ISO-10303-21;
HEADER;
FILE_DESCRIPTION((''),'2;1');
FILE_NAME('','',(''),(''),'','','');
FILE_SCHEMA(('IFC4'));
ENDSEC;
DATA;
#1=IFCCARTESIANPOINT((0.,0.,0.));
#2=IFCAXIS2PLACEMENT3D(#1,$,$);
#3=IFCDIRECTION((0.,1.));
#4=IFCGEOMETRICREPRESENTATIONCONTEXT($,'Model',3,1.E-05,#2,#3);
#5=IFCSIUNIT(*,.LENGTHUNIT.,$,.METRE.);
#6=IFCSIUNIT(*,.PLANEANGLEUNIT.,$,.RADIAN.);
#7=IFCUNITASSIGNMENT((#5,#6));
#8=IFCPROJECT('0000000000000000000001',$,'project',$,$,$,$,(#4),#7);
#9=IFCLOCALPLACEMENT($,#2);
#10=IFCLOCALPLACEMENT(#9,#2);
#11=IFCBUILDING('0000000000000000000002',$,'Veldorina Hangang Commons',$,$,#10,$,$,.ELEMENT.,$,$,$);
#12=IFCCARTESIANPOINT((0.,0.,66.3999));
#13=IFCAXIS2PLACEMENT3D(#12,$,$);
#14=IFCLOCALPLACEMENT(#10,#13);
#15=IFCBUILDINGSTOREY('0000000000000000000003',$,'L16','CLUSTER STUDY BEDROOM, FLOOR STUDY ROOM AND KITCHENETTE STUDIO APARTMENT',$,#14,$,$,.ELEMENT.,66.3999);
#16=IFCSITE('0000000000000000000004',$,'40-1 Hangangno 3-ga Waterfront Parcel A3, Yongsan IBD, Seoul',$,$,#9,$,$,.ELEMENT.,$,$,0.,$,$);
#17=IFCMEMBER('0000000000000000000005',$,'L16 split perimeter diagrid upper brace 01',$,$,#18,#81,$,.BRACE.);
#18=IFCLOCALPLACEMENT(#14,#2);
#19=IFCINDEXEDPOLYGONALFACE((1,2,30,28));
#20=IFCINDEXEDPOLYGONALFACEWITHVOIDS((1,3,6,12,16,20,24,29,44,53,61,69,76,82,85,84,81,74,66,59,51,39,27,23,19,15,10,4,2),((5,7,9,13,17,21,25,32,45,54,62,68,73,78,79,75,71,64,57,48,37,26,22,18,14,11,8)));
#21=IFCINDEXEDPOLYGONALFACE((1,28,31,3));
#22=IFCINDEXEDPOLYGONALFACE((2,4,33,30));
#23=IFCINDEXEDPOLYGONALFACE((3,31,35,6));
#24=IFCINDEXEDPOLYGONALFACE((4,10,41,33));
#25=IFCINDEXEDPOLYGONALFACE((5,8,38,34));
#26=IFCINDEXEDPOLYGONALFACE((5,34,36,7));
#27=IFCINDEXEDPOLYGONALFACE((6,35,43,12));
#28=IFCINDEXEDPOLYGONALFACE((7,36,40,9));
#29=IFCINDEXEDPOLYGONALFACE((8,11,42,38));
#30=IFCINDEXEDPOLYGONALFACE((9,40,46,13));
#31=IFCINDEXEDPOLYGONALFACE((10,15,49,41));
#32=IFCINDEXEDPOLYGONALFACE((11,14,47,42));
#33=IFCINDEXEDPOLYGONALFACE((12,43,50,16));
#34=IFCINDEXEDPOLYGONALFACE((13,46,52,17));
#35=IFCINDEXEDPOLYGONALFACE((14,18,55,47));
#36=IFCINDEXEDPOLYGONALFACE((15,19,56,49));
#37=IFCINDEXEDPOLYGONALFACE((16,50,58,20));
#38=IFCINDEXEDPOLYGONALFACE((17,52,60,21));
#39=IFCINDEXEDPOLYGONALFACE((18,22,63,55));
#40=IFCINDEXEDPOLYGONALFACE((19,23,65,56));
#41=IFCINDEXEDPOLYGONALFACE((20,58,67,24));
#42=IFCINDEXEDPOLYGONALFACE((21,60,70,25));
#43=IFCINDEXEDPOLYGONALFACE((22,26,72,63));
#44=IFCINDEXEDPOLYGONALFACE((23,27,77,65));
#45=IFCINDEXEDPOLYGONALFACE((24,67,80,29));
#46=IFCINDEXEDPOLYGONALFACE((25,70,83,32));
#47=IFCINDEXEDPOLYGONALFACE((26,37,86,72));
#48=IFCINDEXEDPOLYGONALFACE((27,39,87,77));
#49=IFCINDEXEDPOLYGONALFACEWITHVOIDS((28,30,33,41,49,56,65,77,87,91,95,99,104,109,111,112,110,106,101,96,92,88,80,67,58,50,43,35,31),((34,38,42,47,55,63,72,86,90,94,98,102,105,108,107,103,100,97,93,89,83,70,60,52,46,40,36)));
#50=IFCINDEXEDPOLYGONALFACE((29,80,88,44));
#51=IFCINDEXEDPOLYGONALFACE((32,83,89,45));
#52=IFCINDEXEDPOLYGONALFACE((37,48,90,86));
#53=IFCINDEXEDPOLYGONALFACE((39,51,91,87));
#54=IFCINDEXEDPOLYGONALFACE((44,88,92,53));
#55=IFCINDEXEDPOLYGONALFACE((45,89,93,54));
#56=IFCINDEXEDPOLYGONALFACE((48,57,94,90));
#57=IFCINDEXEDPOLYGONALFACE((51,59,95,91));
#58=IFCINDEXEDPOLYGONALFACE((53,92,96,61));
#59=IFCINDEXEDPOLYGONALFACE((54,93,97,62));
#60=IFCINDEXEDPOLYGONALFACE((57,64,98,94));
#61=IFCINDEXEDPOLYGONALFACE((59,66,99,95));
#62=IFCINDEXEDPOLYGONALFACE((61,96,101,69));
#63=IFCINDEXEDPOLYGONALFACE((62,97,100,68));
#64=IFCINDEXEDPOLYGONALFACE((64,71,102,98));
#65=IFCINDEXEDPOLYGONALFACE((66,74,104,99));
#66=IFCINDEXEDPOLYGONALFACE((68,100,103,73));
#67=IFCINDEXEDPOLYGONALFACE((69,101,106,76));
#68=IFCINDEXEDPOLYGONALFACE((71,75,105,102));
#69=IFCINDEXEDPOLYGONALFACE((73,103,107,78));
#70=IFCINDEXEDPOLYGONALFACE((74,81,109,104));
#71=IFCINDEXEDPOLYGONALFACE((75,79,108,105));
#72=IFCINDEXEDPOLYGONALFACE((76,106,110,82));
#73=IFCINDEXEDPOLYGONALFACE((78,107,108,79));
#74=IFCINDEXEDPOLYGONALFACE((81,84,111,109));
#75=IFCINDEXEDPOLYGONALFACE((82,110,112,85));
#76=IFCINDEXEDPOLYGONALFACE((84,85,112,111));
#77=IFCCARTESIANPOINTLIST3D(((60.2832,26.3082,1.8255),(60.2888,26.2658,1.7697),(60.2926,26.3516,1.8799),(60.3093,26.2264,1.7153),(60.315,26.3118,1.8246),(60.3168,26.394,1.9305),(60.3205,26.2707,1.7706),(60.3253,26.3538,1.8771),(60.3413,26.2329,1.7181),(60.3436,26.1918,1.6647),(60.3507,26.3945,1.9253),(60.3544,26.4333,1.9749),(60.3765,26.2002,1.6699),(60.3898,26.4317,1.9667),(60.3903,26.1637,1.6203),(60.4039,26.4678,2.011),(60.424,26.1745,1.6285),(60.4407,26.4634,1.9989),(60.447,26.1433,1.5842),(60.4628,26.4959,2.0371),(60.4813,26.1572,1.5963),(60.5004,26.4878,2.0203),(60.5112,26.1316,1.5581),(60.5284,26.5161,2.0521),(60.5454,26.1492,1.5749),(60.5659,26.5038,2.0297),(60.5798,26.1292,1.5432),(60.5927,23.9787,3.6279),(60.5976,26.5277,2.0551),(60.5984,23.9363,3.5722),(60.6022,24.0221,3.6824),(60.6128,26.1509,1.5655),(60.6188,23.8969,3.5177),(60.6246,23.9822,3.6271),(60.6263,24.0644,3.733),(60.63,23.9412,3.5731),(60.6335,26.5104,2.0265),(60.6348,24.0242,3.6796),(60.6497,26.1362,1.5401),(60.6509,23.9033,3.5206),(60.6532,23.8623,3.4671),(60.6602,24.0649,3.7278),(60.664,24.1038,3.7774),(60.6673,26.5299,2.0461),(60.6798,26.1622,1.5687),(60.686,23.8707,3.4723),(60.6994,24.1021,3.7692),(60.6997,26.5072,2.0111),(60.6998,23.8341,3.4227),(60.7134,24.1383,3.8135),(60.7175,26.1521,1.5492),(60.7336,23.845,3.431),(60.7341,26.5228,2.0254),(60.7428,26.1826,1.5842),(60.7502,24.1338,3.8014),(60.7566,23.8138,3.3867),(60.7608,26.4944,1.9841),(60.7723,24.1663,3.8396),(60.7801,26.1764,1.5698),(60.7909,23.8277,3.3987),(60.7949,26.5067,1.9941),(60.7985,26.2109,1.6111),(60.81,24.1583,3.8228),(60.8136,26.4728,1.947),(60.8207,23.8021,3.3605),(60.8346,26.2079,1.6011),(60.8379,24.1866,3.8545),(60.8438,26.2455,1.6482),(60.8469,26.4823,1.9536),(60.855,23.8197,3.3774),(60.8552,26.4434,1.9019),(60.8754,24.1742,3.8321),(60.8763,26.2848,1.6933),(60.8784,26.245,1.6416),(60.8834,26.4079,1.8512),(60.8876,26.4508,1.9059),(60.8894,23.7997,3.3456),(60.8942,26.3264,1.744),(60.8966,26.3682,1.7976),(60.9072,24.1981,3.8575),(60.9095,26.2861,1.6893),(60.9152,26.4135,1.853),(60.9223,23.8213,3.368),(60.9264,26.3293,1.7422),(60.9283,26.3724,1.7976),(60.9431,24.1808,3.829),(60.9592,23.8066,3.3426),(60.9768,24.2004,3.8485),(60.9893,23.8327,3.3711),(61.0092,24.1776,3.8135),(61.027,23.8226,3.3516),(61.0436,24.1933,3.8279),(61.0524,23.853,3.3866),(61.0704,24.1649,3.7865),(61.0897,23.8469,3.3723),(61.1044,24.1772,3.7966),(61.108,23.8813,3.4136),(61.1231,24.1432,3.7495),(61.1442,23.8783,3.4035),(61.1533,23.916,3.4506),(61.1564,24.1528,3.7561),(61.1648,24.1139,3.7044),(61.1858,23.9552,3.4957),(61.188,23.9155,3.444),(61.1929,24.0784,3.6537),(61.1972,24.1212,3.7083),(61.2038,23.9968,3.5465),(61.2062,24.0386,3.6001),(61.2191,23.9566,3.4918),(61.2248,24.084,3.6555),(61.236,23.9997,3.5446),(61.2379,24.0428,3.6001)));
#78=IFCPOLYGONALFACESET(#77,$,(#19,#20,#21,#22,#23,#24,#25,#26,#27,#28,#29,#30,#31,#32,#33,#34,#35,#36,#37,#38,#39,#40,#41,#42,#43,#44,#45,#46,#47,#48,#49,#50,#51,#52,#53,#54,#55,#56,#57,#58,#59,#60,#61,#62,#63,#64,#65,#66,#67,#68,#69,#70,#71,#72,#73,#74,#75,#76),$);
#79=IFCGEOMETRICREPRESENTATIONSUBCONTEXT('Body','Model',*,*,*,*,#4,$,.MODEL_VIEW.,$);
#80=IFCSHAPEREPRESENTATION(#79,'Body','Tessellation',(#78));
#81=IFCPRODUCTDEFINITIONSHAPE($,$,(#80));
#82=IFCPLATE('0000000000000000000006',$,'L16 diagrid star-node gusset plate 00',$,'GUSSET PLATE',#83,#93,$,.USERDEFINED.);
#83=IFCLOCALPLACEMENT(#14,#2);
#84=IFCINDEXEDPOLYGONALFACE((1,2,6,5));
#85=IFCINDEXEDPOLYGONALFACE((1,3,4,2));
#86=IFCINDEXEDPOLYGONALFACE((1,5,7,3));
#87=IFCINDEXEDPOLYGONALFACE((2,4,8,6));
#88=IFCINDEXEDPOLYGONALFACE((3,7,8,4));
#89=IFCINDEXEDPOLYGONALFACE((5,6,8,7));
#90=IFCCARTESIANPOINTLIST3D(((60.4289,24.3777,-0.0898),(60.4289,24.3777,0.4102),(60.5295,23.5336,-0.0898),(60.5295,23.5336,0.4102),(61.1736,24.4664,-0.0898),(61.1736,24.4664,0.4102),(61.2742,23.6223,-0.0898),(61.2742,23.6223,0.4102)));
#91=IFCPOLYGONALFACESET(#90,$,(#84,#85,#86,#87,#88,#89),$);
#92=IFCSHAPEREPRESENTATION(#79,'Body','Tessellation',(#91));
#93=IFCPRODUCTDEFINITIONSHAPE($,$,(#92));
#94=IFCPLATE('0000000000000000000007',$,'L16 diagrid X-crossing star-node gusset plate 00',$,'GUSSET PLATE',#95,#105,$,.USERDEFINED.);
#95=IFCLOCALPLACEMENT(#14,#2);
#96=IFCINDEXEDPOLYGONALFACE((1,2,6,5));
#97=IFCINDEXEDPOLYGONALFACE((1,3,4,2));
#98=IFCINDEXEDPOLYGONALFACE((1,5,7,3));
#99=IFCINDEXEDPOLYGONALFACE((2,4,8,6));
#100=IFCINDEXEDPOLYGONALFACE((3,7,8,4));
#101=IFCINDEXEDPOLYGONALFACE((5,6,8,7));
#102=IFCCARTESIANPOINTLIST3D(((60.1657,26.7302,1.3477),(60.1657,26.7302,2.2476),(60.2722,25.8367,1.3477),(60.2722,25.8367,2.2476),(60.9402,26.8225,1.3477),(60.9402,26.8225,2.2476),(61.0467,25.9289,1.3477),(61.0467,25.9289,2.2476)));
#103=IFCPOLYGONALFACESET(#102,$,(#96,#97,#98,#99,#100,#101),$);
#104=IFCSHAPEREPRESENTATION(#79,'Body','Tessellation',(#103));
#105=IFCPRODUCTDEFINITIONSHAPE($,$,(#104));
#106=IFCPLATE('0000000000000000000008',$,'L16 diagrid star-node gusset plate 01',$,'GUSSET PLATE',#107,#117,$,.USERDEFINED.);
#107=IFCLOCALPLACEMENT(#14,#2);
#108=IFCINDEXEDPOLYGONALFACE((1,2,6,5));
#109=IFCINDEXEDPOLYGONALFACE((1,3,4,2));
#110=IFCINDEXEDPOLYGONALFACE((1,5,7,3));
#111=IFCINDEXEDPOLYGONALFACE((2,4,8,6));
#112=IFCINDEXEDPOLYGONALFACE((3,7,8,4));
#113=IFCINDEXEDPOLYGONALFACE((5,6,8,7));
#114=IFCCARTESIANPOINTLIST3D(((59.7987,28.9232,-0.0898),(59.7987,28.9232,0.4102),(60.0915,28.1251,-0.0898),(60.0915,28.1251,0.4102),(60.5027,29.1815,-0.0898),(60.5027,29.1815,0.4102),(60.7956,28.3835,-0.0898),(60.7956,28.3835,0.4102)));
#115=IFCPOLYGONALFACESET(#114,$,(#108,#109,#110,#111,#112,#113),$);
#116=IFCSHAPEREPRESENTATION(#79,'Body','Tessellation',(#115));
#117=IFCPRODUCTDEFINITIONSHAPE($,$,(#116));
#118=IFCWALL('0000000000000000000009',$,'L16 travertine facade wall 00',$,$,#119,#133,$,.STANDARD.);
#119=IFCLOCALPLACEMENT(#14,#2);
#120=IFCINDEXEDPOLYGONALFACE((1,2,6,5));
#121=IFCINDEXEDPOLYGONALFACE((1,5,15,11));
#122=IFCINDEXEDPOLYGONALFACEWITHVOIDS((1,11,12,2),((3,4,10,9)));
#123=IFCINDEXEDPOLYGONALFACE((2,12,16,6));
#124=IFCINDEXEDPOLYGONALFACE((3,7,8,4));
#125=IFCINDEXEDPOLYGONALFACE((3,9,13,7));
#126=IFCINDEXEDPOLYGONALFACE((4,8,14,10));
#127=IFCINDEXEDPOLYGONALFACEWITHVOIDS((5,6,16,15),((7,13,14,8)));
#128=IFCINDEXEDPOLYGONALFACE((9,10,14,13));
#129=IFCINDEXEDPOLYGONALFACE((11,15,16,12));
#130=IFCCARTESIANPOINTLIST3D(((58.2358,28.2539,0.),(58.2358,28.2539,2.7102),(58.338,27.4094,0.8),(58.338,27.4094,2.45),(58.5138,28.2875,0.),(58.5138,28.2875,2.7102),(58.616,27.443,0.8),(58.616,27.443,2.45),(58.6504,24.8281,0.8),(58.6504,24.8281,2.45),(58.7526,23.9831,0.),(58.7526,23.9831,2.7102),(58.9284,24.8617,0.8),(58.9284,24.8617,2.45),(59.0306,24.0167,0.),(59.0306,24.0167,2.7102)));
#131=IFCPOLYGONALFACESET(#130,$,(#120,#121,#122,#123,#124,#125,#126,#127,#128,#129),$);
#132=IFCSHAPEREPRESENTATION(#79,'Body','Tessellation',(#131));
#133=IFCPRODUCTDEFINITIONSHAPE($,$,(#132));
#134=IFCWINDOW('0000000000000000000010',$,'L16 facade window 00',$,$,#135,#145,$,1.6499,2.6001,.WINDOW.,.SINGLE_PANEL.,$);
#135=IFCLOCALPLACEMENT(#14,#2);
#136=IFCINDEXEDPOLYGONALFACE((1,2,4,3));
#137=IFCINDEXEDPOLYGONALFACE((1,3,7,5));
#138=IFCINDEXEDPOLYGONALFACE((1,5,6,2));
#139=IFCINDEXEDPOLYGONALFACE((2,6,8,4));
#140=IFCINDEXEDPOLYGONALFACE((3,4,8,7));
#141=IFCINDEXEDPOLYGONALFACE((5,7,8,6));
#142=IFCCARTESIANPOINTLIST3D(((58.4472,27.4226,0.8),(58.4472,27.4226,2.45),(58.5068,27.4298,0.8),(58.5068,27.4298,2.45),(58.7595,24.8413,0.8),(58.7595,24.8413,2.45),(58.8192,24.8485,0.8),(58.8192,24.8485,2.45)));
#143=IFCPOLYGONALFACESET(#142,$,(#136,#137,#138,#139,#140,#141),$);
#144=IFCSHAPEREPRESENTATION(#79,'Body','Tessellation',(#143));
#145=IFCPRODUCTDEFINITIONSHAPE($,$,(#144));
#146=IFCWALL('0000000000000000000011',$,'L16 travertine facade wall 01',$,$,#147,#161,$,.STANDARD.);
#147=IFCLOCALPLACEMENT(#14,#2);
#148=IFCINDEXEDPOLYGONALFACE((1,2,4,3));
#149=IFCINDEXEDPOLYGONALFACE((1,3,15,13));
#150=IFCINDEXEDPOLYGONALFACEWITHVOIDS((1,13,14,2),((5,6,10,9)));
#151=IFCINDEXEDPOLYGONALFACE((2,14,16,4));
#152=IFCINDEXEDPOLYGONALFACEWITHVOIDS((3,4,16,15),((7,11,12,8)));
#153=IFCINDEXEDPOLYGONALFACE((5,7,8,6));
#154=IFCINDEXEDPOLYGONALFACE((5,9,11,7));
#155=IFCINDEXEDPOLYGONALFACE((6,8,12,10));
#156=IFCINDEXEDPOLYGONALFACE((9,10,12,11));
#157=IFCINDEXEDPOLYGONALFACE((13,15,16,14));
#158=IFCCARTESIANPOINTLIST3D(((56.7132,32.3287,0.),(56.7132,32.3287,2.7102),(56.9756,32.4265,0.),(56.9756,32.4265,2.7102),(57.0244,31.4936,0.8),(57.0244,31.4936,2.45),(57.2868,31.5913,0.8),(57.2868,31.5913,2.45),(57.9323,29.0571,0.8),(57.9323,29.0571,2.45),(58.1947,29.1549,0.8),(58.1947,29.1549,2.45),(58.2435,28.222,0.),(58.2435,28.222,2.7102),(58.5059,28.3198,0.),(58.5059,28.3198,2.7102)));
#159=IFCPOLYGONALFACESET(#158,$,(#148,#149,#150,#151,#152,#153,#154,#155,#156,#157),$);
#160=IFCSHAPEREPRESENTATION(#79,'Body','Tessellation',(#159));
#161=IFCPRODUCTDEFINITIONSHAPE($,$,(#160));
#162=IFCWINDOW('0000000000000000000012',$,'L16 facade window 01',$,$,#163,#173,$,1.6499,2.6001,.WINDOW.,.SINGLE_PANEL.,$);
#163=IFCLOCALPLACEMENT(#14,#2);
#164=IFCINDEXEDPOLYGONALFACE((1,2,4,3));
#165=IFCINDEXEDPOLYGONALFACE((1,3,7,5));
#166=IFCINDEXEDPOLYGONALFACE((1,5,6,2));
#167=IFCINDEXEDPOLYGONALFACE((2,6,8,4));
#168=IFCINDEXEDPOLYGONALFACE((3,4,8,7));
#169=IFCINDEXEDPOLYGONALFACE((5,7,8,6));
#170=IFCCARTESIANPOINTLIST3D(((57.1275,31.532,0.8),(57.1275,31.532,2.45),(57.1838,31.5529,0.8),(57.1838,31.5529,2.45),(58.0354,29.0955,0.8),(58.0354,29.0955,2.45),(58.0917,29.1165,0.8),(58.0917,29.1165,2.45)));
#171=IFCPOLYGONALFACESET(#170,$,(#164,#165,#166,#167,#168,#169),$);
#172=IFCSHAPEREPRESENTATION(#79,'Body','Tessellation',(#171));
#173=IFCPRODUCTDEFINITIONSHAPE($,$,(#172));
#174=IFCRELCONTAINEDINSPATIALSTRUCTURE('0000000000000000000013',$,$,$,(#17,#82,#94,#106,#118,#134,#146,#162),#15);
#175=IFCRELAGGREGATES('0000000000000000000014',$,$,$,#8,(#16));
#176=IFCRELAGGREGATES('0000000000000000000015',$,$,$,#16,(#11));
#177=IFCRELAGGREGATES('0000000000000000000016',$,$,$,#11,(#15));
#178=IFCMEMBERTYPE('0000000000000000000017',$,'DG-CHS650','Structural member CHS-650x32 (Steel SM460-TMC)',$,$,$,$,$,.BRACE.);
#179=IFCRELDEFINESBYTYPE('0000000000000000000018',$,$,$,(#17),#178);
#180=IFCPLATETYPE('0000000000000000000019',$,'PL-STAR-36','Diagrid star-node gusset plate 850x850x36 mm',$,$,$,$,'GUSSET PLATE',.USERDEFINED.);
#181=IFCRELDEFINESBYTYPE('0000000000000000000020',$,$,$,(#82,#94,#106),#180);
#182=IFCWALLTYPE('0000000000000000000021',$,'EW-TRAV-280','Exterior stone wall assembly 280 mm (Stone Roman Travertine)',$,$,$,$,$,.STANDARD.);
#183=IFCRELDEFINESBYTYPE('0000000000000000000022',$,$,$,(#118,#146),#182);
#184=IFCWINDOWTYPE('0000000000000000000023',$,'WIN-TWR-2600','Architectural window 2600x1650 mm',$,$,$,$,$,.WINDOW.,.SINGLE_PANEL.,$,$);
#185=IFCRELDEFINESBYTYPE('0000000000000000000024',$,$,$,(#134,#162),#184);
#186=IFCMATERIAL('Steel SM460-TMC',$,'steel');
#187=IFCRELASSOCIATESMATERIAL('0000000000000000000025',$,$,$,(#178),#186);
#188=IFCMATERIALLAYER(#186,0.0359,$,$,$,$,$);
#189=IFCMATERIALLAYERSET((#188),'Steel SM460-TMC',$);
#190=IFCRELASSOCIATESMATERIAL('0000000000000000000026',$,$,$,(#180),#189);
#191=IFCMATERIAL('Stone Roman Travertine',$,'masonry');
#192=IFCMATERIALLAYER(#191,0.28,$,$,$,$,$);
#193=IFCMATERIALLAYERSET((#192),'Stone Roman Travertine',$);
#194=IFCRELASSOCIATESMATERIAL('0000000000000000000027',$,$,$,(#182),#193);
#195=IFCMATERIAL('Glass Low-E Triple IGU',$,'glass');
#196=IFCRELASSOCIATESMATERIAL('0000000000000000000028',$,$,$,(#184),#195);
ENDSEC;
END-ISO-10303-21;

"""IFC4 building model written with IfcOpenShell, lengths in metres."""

from ifc_helpers import new_model, si_unit, direction, frame, frame_2d, origin, origin_2d, place, context, subcontext, project, spatial, rectangle, hollow_circle, extrude, material, layer, layer_set, material_profile, profile_set, type_object, element, fill, save


model = new_model("IFC4")

# Units and contexts
model_context = context("Model", 3, precision=1e-05, world=origin(), true_north=direction((0.0, 1.0)))
body_context = subcontext(model_context, "Body", "Model", "MODEL_VIEW")
ifc_project = project(units=[si_unit("LENGTHUNIT", "METRE"), si_unit("PLANEANGLEUNIT", "RADIAN")], contexts=[model_context])

# Site, building, storey
site_placement = place(None, origin())
site = spatial("IfcSite", under=ifc_project, at=site_placement, Name="40-1 Hangangno 3-ga Waterfront Parcel A3, Yongsan IBD, Seoul", CompositionType="ELEMENT", RefElevation=0.0)
building_placement = place(site_placement, origin())
building = spatial("IfcBuilding", under=site, at=building_placement, Name="Veldorina Hangang Commons", CompositionType="ELEMENT")
storey_placement = place(building_placement, frame((0.0, 0.0, 66.3999)))
storey = spatial("IfcBuildingStorey", under=building, at=storey_placement, Name="L16", Description="CLUSTER STUDY BEDROOM, FLOOR STUDY ROOM AND KITCHENETTE STUDIO APARTMENT", CompositionType="ELEMENT", Elevation=66.3999)

# Member
ifc_material_1 = material(Name="Steel SM460-TMC", Category="steel")
ifc_material_profile_1 = material_profile(ifc_material_1, hollow_circle(Radius=0.325, WallThickness=0.032, at=origin_2d()), Name="CHS-650x32")
ifc_profile_set_1 = profile_set([ifc_material_profile_1], Name="Steel SM460-TMC")
member_type = type_object("IfcMemberType", Name="DG-CHS650", Description="Structural member CHS-650x32 (Steel SM460-TMC)", PredefinedType="BRACE", material=ifc_profile_set_1)
member_1_placement = place(storey_placement, frame((60.6062, 26.3296, 1.7976), z_axis=(0.104524, -0.786566, 0.608595), x_axis=(0.991286, 0.131728, 0.0)))
element("IfcMember", 1, at=member_1_placement, inside=storey, type_object=member_type, Name="L16 split perimeter diagrid upper brace 01", PredefinedType="BRACE", context=body_context, shape_type="SweptSolid", body=[
    extrude(hollow_circle(Radius=0.325, WallThickness=0.032, at=origin_2d()), origin(), (0.0, 0.0, 1.0), 2.9617),
])

# Plates
ifc_layer_1 = layer(ifc_material_1, 0.0359)
ifc_layer_set_1 = layer_set([ifc_layer_1], Name="Steel SM460-TMC")
plate_type = type_object("IfcPlateType", Name="PL-STAR-36", Description="Diagrid star-node gusset plate 850x850x36 mm", ElementType="GUSSET PLATE", PredefinedType="USERDEFINED", material=ifc_layer_set_1)
plate_1_placement = place(storey_placement, frame((60.8516, 24.0, -0.0898), z_axis=(0.0, 0.0, 1.0), x_axis=(-0.1183, 0.992978, 0.0)))
element("IfcPlate", 2, at=plate_1_placement, inside=storey, type_object=plate_type, Name="L16 diagrid star-node gusset plate 00", ObjectType="GUSSET PLATE", PredefinedType="USERDEFINED", context=body_context, shape_type="SweptSolid", body=[
    extrude(rectangle(XDim=0.8501, YDim=0.75, at=origin_2d()), origin(), (0.0, 0.0, 1.0), 0.5),
])
plate_2_placement = place(storey_placement, frame((60.6062, 26.3296, 1.3477), z_axis=(0.0, 0.0, 1.0), x_axis=(-0.1183, 0.992978, 0.0)))
element("IfcPlate", 3, at=plate_2_placement, inside=storey, type_object=plate_type, Name="L16 diagrid X-crossing star-node gusset plate 00", ObjectType="GUSSET PLATE", PredefinedType="USERDEFINED", context=body_context, shape_type="SweptSolid", body=[
    extrude(rectangle(XDim=0.8999, YDim=0.78, at=origin_2d()), origin(), (0.0, 0.0, 1.0), 0.8999),
])
plate_3_placement = place(storey_placement, frame((60.2971, 28.6533, -0.0898), z_axis=(0.0, 0.0, 1.0), x_axis=(-0.344479, 0.938794, 0.0)))
element("IfcPlate", 4, at=plate_3_placement, inside=storey, type_object=plate_type, Name="L16 diagrid star-node gusset plate 01", ObjectType="GUSSET PLATE", PredefinedType="USERDEFINED", context=body_context, shape_type="SweptSolid", body=[
    extrude(rectangle(XDim=0.8501, YDim=0.75, at=origin_2d()), origin(), (0.0, 0.0, 1.0), 0.5),
])

# Walls, openings, windows
ifc_material_2 = material(Name="Stone Roman Travertine", Category="masonry")
ifc_layer_2 = layer(ifc_material_2, 0.28)
ifc_layer_set_2 = layer_set([ifc_layer_2], Name="Stone Roman Travertine")
wall_type_1 = type_object("IfcWallType", Name="EW-TRAV-280", Description="Exterior stone wall assembly 280 mm (Stone Roman Travertine)", PredefinedType="STANDARD", material=ifc_layer_set_2)
wall_1_placement = place(storey_placement, frame((58.8916, 24.0, 0.0), z_axis=(0.0, 0.0, 1.0), x_axis=(-0.120143, 0.992757, 0.0)))
wall_1 = element("IfcWall", 5, at=wall_1_placement, inside=storey, type_object=wall_type_1, Name="L16 travertine facade wall 00", PredefinedType="STANDARD", context=body_context, shape_type="SweptSolid", body=[
    extrude(rectangle(XDim=4.302, YDim=0.28, at=frame_2d((2.1509, 0.0))), origin(), (0.0, 0.0, 1.0), 2.7102),
])
opening_1_placement = place(wall_1_placement, frame((0.8511, 0.0, 0.8)))
opening_1 = element("IfcOpeningElement", 6, at=opening_1_placement, cuts=wall_1, PredefinedType="OPENING", context=body_context, shape_type="SweptSolid", body=[
    extrude(rectangle(XDim=2.6001, YDim=1.6499, at=frame_2d((1.3, 0.825))), frame((0.0, 0.1499, 0.0), z_axis=(0.0, -1.0, 0.0), x_axis=(1.0, 0.0, 0.0)), (0.0, 0.0, 1.0), 0.3),
])
ifc_material_3 = material(Name="Glass Low-E Triple IGU", Category="glass")
window_type = type_object("IfcWindowType", Name="WIN-TWR-2600", Description="Architectural window 2600x1650 mm", PartitioningType="SINGLE_PANEL", PredefinedType="WINDOW", material=ifc_material_3)
window_1_placement = place(opening_1_placement, origin())
window_1 = element("IfcWindow", 7, at=window_1_placement, inside=storey, type_object=window_type, Name="L16 facade window 00", OverallHeight=1.6499, OverallWidth=2.6001, PartitioningType="SINGLE_PANEL", PredefinedType="WINDOW", context=body_context, shape_type="SweptSolid", body=[
    extrude(rectangle(XDim=2.6001, YDim=1.6499, at=frame_2d((1.3, 0.825))), frame((0.0, 0.03, 0.0), z_axis=(0.0, -1.0, 0.0), x_axis=(1.0, 0.0, 0.0)), (0.0, 0.0, 1.0), 0.0601),
])
fill(opening_1, window_1)
wall_2_placement = place(storey_placement, frame((58.3748, 28.2708, 0.0), z_axis=(0.0, 0.0, 1.0), x_axis=(-0.349175, 0.937057, 0.0)))
wall_2 = element("IfcWall", 8, at=wall_2_placement, inside=storey, type_object=wall_type_1, Name="L16 travertine facade wall 01", PredefinedType="STANDARD", context=body_context, shape_type="SweptSolid", body=[
    extrude(rectangle(XDim=4.3826, YDim=0.28, at=frame_2d((2.1914, 0.0))), origin(), (0.0, 0.0, 1.0), 2.7102),
])
opening_2_placement = place(wall_2_placement, frame((0.8914, 0.0, 0.8)))
opening_2 = element("IfcOpeningElement", 9, at=opening_2_placement, cuts=wall_2, PredefinedType="OPENING", context=body_context, shape_type="SweptSolid", body=[
    extrude(rectangle(XDim=2.6001, YDim=1.6499, at=frame_2d((1.3, 0.825))), frame((0.0, 0.1499, 0.0), z_axis=(0.0, -1.0, 0.0), x_axis=(1.0, 0.0, 0.0)), (0.0, 0.0, 1.0), 0.3),
])
window_2_placement = place(opening_2_placement, origin())
window_2 = element("IfcWindow", 10, at=window_2_placement, inside=storey, type_object=window_type, Name="L16 facade window 01", OverallHeight=1.6499, OverallWidth=2.6001, PartitioningType="SINGLE_PANEL", PredefinedType="WINDOW", context=body_context, shape_type="SweptSolid", body=[
    extrude(rectangle(XDim=2.6001, YDim=1.6499, at=frame_2d((1.3, 0.825))), frame((0.0, 0.03, 0.0), z_axis=(0.0, -1.0, 0.0), x_axis=(1.0, 0.0, 0.0)), (0.0, 0.0, 1.0), 0.0601),
])
fill(opening_2, window_2)

save(model, "model.ifc")
